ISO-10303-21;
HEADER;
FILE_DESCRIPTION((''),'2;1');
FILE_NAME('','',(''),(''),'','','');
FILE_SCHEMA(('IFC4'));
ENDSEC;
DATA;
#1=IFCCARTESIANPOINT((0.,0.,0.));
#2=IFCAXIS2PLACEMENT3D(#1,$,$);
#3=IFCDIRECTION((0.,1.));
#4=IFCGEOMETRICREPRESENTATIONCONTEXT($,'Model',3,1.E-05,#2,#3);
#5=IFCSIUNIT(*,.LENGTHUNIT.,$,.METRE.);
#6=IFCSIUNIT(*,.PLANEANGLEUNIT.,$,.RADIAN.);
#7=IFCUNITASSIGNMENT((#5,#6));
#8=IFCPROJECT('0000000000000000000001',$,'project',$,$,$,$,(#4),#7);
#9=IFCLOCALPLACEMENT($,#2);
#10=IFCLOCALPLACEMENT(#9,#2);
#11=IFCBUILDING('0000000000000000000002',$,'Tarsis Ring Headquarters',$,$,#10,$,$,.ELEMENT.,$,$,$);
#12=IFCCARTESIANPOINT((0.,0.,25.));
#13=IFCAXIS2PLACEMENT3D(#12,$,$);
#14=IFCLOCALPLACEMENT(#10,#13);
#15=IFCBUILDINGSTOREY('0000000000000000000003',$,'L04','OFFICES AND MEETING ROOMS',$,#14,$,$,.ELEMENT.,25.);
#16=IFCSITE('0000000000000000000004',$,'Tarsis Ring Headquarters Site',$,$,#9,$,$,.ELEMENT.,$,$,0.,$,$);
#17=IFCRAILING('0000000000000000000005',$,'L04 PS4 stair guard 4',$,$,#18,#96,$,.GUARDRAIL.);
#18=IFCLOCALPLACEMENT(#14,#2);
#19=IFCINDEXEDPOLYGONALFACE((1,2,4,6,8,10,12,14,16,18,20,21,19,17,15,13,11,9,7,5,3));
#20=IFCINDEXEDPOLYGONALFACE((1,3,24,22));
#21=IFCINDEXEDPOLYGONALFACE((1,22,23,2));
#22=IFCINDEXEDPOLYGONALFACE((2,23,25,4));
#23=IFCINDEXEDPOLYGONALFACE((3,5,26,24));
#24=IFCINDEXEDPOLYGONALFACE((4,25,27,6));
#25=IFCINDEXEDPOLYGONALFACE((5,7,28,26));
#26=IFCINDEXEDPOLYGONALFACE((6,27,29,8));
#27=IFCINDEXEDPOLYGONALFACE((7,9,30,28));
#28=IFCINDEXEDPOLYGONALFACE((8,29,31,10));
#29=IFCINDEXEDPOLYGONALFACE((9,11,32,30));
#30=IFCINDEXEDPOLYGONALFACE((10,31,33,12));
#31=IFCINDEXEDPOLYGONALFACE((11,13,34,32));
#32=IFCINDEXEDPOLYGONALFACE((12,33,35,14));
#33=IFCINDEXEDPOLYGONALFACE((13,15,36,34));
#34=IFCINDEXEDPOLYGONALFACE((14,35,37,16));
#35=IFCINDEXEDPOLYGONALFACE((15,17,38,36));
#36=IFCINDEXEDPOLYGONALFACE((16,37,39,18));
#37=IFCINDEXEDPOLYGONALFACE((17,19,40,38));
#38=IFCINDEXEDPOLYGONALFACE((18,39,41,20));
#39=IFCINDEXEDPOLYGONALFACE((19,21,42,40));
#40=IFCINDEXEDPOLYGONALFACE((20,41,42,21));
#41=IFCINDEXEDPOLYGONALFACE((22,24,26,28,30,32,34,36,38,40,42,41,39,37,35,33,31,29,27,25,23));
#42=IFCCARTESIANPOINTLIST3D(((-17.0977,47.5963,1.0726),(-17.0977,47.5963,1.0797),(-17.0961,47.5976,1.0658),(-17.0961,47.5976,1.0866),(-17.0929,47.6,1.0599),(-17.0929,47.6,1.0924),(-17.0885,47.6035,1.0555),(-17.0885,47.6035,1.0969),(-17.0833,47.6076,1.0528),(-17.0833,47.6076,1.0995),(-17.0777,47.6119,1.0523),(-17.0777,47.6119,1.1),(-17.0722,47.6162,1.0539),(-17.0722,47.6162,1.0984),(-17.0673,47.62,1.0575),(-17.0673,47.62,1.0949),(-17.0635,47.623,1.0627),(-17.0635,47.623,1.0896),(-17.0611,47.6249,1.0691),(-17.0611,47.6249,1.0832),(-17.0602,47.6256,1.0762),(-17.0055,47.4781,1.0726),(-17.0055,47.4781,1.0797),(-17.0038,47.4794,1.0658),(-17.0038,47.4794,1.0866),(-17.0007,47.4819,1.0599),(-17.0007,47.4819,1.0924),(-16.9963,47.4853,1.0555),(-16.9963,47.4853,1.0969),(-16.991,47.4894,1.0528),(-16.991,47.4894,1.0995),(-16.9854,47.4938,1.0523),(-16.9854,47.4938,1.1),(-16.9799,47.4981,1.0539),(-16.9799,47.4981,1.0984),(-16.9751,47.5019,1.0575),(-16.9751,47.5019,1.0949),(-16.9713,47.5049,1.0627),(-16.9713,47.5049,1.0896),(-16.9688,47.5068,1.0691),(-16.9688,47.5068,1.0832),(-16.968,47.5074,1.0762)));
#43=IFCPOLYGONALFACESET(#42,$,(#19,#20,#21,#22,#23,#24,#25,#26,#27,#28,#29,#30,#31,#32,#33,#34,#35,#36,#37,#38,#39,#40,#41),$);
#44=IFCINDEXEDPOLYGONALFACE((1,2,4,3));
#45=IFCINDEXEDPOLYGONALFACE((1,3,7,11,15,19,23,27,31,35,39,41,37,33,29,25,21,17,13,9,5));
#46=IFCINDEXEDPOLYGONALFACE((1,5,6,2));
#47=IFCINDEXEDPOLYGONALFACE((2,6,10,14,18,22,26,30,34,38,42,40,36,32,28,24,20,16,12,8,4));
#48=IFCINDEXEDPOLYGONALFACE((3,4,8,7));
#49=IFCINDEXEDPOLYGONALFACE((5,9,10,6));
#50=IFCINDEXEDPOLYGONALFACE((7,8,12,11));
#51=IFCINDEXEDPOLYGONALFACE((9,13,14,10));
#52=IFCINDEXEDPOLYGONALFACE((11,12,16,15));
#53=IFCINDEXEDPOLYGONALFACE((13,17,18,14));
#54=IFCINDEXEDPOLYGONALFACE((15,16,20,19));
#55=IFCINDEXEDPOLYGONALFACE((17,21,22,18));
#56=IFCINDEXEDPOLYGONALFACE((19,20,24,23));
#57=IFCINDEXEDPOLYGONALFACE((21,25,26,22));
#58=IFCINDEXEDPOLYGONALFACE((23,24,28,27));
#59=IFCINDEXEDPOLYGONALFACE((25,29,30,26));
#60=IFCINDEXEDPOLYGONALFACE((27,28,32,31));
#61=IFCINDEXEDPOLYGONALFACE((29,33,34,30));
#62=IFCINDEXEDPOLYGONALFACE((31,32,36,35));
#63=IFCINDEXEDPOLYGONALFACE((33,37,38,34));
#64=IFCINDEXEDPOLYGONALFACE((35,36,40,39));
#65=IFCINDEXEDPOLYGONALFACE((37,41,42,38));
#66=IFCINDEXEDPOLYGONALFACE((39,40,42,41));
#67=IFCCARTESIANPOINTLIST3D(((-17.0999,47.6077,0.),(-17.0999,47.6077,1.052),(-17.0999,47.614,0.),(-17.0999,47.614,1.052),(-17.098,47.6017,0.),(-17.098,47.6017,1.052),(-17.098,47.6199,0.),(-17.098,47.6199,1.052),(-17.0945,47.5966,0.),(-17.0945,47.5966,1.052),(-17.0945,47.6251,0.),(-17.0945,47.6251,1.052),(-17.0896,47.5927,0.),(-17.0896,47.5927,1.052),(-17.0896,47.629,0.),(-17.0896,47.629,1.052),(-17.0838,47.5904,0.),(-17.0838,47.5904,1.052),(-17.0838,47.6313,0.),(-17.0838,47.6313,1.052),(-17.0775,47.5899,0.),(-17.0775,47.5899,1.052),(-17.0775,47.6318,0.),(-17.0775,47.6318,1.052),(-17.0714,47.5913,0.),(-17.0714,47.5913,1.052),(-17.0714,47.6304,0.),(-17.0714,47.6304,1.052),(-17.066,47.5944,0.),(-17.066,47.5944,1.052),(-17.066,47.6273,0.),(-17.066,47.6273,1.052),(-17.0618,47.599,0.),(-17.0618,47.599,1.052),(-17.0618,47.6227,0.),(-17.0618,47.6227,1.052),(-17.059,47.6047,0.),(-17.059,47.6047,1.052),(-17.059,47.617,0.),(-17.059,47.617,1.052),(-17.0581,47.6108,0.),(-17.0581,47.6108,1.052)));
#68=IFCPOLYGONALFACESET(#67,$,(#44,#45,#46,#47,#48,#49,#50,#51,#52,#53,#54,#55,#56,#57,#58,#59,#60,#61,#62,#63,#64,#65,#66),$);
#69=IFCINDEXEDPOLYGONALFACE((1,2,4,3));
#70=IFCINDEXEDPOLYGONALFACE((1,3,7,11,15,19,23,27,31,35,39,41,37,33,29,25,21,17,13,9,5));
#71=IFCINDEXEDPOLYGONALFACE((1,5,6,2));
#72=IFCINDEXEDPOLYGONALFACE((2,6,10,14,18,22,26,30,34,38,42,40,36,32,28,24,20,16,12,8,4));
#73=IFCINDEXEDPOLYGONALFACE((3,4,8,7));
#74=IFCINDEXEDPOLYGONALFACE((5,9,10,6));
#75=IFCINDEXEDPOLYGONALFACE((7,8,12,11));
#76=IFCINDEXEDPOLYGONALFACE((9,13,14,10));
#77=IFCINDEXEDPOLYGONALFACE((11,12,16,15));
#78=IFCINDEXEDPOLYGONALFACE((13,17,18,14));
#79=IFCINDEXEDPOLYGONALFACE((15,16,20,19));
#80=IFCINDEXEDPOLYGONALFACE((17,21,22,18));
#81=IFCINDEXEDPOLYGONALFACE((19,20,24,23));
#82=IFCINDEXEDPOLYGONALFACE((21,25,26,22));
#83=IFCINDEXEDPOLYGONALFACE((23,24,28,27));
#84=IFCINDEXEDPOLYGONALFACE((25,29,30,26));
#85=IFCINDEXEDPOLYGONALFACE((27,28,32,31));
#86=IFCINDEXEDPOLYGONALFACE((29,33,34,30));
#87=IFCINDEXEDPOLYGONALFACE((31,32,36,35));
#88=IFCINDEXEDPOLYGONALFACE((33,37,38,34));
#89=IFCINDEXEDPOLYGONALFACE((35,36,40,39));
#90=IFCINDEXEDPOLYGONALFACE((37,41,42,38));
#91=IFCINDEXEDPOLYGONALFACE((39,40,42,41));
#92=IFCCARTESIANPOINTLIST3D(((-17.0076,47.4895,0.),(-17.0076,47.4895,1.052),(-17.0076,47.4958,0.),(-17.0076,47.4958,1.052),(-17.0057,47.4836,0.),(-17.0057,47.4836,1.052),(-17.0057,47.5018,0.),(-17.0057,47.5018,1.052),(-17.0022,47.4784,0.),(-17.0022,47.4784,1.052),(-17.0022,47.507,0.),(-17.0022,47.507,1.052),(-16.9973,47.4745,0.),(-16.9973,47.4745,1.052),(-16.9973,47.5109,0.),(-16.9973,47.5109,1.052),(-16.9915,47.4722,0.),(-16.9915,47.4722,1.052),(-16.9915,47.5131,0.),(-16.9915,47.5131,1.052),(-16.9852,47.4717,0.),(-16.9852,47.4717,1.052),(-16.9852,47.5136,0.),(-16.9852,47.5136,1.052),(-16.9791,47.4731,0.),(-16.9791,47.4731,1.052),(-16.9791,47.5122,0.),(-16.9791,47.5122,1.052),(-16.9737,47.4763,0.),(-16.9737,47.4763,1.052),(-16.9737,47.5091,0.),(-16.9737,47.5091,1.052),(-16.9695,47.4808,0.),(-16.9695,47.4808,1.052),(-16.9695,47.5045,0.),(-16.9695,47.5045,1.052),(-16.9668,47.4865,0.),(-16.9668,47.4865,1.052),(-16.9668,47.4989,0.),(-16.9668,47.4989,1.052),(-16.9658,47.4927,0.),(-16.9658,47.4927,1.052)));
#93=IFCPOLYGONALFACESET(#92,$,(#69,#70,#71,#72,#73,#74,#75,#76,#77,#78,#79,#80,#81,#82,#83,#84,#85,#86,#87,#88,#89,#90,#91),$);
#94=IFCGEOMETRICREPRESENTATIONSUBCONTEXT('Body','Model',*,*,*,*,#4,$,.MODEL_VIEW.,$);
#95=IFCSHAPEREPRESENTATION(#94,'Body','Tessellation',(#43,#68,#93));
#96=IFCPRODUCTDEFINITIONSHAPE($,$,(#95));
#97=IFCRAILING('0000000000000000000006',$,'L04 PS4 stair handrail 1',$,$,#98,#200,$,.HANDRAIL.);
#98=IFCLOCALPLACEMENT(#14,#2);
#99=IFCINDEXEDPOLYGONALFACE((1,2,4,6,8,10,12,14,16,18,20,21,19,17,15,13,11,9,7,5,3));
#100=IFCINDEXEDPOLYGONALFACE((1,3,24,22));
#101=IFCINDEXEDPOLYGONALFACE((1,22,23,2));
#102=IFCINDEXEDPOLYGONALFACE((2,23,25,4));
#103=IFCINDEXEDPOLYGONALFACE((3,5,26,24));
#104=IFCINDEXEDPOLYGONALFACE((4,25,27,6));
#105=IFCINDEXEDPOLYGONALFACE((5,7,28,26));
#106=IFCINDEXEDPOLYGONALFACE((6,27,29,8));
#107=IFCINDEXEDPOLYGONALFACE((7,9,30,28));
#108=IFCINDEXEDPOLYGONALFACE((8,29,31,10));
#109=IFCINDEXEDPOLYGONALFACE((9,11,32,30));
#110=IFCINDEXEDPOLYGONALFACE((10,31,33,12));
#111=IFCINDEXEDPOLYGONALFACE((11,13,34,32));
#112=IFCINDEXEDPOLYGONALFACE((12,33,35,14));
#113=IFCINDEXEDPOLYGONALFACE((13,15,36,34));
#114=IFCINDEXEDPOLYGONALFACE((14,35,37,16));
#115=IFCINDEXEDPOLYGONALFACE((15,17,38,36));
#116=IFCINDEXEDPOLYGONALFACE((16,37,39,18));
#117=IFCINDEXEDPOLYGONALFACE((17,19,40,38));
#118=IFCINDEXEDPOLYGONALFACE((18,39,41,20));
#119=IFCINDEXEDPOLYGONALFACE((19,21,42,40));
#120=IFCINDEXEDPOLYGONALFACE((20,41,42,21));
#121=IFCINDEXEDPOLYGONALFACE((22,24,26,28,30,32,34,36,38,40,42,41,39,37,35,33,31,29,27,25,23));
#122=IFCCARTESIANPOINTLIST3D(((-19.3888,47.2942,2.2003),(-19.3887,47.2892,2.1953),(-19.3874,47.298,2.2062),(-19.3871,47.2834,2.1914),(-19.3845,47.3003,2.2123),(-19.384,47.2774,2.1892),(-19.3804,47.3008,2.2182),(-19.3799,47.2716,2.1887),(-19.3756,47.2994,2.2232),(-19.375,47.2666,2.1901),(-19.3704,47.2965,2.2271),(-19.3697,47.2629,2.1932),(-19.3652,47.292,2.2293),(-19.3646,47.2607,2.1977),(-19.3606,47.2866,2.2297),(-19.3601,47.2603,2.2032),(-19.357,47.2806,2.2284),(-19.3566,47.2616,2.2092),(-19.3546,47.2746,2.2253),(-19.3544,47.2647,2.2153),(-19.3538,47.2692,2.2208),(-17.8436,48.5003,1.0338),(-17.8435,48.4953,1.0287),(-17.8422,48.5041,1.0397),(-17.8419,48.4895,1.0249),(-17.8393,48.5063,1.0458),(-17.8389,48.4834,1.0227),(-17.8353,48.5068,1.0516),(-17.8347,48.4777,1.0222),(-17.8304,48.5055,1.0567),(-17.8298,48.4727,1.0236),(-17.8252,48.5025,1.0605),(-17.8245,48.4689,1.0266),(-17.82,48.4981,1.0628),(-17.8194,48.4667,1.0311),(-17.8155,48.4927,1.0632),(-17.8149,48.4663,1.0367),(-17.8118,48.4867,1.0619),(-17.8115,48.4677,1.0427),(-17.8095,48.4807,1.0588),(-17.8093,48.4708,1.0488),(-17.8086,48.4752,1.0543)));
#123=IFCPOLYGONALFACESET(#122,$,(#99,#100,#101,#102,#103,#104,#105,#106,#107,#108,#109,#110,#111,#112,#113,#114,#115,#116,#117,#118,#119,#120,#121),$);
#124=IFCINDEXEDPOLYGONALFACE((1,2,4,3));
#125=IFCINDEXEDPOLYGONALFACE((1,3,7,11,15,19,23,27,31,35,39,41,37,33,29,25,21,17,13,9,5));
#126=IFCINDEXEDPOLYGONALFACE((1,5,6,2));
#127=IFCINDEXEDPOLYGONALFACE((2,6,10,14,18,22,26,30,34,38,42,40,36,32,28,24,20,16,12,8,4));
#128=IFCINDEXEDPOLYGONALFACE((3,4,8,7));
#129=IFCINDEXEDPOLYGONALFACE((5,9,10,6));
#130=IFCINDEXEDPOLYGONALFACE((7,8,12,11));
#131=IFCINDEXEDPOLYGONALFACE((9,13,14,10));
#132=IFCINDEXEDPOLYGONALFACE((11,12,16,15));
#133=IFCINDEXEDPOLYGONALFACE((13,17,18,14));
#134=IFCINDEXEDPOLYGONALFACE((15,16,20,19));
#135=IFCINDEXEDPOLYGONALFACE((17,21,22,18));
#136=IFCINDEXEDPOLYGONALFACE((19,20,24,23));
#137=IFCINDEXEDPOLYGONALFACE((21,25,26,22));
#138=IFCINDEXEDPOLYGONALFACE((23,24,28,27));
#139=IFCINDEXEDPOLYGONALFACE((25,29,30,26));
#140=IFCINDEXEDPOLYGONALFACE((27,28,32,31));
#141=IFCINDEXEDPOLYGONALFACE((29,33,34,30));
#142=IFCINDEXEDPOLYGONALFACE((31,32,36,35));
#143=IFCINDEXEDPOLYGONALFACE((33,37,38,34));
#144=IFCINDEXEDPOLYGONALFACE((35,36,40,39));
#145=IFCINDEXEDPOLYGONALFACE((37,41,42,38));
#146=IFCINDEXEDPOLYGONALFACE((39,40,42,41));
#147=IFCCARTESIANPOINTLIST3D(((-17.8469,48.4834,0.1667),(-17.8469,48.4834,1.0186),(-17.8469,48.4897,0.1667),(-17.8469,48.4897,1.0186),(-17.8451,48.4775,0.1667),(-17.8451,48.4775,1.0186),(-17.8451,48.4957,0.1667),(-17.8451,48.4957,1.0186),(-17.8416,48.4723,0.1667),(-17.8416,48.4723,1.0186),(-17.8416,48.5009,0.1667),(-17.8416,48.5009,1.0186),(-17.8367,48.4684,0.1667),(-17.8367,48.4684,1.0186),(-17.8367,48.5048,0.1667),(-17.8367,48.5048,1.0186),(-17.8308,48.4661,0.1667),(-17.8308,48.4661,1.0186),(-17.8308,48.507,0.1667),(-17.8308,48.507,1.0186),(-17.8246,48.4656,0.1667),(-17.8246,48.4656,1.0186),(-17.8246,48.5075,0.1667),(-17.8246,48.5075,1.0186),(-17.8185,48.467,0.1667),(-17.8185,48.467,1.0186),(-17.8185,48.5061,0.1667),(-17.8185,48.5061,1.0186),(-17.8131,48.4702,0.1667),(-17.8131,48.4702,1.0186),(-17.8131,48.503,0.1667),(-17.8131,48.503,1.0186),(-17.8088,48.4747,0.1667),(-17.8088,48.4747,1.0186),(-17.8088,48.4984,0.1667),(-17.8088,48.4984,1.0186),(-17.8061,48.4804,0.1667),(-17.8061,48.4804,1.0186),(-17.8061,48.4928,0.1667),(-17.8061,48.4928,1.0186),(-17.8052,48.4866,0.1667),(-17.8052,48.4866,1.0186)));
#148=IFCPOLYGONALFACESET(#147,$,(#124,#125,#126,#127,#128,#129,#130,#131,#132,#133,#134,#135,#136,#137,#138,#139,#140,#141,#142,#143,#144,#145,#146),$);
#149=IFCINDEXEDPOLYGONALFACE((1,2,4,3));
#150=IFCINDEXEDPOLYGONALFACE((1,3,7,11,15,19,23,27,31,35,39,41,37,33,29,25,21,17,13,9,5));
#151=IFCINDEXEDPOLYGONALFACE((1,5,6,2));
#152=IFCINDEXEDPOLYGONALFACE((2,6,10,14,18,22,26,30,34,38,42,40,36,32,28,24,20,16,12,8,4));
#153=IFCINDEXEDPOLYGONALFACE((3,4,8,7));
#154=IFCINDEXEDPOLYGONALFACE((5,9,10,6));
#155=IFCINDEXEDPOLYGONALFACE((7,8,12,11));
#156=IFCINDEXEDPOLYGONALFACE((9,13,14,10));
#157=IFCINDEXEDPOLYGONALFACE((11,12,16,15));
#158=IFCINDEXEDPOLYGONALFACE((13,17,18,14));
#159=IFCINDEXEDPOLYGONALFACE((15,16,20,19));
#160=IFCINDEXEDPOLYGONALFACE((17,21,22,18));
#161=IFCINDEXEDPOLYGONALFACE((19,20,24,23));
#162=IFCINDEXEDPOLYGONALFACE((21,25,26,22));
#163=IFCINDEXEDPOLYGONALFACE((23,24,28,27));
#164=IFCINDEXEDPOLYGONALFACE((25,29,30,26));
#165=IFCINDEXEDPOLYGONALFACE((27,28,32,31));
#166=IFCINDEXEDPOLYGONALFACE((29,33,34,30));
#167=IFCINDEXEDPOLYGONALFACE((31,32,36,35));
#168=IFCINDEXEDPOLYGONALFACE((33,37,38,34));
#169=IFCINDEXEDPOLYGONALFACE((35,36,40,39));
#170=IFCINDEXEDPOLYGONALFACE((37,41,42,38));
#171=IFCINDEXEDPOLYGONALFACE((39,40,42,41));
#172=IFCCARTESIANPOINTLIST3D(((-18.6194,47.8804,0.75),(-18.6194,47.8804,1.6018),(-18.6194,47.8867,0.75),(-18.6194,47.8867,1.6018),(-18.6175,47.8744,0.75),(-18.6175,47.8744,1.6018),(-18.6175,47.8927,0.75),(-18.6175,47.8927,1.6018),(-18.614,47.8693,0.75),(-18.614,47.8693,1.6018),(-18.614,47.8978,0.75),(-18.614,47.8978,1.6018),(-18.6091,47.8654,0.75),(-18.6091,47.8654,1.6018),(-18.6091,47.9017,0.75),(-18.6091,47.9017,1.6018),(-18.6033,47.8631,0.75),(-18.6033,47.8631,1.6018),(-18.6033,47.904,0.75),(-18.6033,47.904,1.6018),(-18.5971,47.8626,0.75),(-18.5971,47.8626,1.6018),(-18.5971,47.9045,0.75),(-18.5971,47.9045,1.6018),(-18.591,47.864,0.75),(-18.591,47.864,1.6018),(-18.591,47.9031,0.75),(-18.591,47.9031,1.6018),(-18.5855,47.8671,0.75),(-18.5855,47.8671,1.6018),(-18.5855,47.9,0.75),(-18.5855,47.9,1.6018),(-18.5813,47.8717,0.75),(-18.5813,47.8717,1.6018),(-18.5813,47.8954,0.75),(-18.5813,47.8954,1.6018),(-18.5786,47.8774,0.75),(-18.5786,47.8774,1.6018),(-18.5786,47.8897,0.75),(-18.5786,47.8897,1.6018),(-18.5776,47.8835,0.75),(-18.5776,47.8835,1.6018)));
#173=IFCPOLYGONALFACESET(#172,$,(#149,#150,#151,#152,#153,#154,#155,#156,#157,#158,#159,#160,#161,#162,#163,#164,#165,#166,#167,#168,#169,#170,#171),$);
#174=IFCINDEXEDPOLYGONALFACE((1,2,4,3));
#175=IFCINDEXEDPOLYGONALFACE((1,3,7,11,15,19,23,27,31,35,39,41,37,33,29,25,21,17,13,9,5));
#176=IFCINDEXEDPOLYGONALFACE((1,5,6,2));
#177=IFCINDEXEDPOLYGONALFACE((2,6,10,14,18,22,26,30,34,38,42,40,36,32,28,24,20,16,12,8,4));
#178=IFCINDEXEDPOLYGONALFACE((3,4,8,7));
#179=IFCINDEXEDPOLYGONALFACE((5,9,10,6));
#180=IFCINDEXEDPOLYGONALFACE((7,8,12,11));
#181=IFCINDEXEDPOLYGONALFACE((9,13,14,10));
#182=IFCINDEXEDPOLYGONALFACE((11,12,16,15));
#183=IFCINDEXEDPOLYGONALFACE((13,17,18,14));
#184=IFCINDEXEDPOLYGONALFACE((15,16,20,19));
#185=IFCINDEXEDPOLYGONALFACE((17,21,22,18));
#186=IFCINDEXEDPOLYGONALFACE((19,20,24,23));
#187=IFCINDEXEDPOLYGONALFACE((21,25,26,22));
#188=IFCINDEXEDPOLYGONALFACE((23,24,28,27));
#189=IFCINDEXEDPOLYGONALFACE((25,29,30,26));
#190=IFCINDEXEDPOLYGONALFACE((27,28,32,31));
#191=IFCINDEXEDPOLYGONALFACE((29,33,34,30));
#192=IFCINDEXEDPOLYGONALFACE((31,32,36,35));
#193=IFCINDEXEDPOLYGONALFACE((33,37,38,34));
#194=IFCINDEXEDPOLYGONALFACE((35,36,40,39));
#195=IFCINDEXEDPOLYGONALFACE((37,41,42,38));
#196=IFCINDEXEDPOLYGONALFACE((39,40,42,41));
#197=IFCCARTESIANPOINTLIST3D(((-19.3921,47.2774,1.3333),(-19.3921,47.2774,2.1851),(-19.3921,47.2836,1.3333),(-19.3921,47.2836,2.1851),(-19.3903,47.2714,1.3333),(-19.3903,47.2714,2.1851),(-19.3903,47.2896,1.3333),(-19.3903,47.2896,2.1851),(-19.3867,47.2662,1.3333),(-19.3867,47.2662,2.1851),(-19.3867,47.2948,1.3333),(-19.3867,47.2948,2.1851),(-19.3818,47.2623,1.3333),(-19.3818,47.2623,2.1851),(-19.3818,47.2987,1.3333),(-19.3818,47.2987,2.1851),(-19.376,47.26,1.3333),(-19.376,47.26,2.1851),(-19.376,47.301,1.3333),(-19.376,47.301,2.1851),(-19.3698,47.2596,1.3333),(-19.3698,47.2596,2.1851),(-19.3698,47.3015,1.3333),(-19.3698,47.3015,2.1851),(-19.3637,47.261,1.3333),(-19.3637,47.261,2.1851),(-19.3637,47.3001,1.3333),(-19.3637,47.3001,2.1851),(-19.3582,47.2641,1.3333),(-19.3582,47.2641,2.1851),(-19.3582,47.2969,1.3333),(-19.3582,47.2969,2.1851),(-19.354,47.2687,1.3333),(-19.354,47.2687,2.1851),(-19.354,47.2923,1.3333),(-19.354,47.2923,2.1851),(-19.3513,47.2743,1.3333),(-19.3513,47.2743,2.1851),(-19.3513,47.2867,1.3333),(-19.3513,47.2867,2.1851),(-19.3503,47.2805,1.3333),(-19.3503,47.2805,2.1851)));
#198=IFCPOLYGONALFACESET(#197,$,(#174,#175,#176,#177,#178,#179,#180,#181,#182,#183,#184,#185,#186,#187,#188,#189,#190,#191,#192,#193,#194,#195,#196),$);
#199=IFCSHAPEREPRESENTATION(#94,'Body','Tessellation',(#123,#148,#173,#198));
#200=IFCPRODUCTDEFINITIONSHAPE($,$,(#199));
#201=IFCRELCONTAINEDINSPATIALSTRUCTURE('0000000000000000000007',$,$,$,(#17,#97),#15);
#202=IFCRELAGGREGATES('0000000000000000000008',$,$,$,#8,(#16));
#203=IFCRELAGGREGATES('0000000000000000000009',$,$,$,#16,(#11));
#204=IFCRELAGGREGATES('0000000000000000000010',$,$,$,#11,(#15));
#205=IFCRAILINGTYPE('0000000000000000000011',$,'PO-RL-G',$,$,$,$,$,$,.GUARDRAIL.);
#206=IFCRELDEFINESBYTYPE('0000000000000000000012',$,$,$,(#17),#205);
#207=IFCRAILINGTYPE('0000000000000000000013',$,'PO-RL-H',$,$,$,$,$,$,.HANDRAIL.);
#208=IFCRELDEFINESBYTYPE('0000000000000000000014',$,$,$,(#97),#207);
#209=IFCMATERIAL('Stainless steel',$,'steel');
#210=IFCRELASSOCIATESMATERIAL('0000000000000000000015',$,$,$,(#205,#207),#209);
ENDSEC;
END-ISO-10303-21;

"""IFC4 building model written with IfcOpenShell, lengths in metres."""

from ifc_helpers import new_model, si_unit, direction, frame, origin, origin_2d, place, context, subcontext, project, spatial, circle, extrude, material, type_object, element, save


model = new_model("IFC4")

# Units and contexts
model_context = context("Model", 3, precision=1e-05, world=origin(), true_north=direction((0.0, 1.0)))
body_context = subcontext(model_context, "Body", "Model", "MODEL_VIEW")
ifc_project = project(units=[si_unit("LENGTHUNIT", "METRE"), si_unit("PLANEANGLEUNIT", "RADIAN")], contexts=[model_context])

# Site, building, storey
site_placement = place(None, origin())
site = spatial("IfcSite", under=ifc_project, at=site_placement, Name="Tarsis Ring Headquarters Site", CompositionType="ELEMENT", RefElevation=0.0)
building_placement = place(site_placement, origin())
building = spatial("IfcBuilding", under=site, at=building_placement, Name="Tarsis Ring Headquarters", CompositionType="ELEMENT")
storey_placement = place(building_placement, frame((0.0, 0.0, 25.0)))
storey = spatial("IfcBuildingStorey", under=building, at=storey_placement, Name="L04", Description="OFFICES AND MEETING ROOMS", CompositionType="ELEMENT", Elevation=25.0)

# Railings
ifc_material_1 = material(Name="Stainless steel", Category="steel")
railing_type_1 = type_object("IfcRailingType", Name="PO-RL-G", PredefinedType="GUARDRAIL", material=ifc_material_1)
railing_1_placement = place(storey_placement, frame((-17.0791, 47.6108, 0.0)))
element("IfcRailing", 1, at=railing_1_placement, inside=storey, type_object=railing_type_1, Name="L04 PS4 stair guard 4", PredefinedType="GUARDRAIL", context=body_context, shape_type="SweptSolid", body=[
    extrude(circle(Radius=0.0239, at=origin_2d()), frame((0.0, 0.0, 1.0762), z_axis=(0.615518, -0.788123, 0.0), x_axis=(0.788123, 0.615518, 0.0)), (0.0, 0.0, 1.0), 0.1499),
    extrude(circle(Radius=0.021, at=origin_2d()), origin(), (0.0, 0.0, 1.0), 1.052),
    extrude(circle(Radius=0.021, at=origin_2d()), frame((0.0923, -0.1182, 0.0)), (0.0, 0.0, 1.0), 1.052),
])
railing_type_2 = type_object("IfcRailingType", Name="PO-RL-H", PredefinedType="HANDRAIL", material=ifc_material_1)
railing_2_placement = place(storey_placement, frame((-17.8262, 48.4866, 0.1667)))
element("IfcRailing", 2, at=railing_2_placement, inside=storey, type_object=railing_type_2, Name="L04 PS4 stair handrail 1", PredefinedType="HANDRAIL", context=body_context, shape_type="SweptSolid", body=[
    extrude(circle(Radius=0.0239, at=origin_2d()), frame((0.0, 0.0, 0.876), z_axis=(-0.677415, -0.528746, 0.511406), x_axis=(0.615294, -0.788298, 0.0)), (0.0, 0.0, 1.0), 2.281),
    extrude(circle(Radius=0.021, at=origin_2d()), origin(), (0.0, 0.0, 1.0), 0.8518),
    extrude(circle(Radius=0.021, at=origin_2d()), frame((-0.7725, -0.603, 0.5833)), (0.0, 0.0, 1.0), 0.8518),
    extrude(circle(Radius=0.021, at=origin_2d()), frame((-1.5452, -1.2061, 1.1665)), (0.0, 0.0, 1.0), 0.8518),
])

save(model, "model.ifc")
